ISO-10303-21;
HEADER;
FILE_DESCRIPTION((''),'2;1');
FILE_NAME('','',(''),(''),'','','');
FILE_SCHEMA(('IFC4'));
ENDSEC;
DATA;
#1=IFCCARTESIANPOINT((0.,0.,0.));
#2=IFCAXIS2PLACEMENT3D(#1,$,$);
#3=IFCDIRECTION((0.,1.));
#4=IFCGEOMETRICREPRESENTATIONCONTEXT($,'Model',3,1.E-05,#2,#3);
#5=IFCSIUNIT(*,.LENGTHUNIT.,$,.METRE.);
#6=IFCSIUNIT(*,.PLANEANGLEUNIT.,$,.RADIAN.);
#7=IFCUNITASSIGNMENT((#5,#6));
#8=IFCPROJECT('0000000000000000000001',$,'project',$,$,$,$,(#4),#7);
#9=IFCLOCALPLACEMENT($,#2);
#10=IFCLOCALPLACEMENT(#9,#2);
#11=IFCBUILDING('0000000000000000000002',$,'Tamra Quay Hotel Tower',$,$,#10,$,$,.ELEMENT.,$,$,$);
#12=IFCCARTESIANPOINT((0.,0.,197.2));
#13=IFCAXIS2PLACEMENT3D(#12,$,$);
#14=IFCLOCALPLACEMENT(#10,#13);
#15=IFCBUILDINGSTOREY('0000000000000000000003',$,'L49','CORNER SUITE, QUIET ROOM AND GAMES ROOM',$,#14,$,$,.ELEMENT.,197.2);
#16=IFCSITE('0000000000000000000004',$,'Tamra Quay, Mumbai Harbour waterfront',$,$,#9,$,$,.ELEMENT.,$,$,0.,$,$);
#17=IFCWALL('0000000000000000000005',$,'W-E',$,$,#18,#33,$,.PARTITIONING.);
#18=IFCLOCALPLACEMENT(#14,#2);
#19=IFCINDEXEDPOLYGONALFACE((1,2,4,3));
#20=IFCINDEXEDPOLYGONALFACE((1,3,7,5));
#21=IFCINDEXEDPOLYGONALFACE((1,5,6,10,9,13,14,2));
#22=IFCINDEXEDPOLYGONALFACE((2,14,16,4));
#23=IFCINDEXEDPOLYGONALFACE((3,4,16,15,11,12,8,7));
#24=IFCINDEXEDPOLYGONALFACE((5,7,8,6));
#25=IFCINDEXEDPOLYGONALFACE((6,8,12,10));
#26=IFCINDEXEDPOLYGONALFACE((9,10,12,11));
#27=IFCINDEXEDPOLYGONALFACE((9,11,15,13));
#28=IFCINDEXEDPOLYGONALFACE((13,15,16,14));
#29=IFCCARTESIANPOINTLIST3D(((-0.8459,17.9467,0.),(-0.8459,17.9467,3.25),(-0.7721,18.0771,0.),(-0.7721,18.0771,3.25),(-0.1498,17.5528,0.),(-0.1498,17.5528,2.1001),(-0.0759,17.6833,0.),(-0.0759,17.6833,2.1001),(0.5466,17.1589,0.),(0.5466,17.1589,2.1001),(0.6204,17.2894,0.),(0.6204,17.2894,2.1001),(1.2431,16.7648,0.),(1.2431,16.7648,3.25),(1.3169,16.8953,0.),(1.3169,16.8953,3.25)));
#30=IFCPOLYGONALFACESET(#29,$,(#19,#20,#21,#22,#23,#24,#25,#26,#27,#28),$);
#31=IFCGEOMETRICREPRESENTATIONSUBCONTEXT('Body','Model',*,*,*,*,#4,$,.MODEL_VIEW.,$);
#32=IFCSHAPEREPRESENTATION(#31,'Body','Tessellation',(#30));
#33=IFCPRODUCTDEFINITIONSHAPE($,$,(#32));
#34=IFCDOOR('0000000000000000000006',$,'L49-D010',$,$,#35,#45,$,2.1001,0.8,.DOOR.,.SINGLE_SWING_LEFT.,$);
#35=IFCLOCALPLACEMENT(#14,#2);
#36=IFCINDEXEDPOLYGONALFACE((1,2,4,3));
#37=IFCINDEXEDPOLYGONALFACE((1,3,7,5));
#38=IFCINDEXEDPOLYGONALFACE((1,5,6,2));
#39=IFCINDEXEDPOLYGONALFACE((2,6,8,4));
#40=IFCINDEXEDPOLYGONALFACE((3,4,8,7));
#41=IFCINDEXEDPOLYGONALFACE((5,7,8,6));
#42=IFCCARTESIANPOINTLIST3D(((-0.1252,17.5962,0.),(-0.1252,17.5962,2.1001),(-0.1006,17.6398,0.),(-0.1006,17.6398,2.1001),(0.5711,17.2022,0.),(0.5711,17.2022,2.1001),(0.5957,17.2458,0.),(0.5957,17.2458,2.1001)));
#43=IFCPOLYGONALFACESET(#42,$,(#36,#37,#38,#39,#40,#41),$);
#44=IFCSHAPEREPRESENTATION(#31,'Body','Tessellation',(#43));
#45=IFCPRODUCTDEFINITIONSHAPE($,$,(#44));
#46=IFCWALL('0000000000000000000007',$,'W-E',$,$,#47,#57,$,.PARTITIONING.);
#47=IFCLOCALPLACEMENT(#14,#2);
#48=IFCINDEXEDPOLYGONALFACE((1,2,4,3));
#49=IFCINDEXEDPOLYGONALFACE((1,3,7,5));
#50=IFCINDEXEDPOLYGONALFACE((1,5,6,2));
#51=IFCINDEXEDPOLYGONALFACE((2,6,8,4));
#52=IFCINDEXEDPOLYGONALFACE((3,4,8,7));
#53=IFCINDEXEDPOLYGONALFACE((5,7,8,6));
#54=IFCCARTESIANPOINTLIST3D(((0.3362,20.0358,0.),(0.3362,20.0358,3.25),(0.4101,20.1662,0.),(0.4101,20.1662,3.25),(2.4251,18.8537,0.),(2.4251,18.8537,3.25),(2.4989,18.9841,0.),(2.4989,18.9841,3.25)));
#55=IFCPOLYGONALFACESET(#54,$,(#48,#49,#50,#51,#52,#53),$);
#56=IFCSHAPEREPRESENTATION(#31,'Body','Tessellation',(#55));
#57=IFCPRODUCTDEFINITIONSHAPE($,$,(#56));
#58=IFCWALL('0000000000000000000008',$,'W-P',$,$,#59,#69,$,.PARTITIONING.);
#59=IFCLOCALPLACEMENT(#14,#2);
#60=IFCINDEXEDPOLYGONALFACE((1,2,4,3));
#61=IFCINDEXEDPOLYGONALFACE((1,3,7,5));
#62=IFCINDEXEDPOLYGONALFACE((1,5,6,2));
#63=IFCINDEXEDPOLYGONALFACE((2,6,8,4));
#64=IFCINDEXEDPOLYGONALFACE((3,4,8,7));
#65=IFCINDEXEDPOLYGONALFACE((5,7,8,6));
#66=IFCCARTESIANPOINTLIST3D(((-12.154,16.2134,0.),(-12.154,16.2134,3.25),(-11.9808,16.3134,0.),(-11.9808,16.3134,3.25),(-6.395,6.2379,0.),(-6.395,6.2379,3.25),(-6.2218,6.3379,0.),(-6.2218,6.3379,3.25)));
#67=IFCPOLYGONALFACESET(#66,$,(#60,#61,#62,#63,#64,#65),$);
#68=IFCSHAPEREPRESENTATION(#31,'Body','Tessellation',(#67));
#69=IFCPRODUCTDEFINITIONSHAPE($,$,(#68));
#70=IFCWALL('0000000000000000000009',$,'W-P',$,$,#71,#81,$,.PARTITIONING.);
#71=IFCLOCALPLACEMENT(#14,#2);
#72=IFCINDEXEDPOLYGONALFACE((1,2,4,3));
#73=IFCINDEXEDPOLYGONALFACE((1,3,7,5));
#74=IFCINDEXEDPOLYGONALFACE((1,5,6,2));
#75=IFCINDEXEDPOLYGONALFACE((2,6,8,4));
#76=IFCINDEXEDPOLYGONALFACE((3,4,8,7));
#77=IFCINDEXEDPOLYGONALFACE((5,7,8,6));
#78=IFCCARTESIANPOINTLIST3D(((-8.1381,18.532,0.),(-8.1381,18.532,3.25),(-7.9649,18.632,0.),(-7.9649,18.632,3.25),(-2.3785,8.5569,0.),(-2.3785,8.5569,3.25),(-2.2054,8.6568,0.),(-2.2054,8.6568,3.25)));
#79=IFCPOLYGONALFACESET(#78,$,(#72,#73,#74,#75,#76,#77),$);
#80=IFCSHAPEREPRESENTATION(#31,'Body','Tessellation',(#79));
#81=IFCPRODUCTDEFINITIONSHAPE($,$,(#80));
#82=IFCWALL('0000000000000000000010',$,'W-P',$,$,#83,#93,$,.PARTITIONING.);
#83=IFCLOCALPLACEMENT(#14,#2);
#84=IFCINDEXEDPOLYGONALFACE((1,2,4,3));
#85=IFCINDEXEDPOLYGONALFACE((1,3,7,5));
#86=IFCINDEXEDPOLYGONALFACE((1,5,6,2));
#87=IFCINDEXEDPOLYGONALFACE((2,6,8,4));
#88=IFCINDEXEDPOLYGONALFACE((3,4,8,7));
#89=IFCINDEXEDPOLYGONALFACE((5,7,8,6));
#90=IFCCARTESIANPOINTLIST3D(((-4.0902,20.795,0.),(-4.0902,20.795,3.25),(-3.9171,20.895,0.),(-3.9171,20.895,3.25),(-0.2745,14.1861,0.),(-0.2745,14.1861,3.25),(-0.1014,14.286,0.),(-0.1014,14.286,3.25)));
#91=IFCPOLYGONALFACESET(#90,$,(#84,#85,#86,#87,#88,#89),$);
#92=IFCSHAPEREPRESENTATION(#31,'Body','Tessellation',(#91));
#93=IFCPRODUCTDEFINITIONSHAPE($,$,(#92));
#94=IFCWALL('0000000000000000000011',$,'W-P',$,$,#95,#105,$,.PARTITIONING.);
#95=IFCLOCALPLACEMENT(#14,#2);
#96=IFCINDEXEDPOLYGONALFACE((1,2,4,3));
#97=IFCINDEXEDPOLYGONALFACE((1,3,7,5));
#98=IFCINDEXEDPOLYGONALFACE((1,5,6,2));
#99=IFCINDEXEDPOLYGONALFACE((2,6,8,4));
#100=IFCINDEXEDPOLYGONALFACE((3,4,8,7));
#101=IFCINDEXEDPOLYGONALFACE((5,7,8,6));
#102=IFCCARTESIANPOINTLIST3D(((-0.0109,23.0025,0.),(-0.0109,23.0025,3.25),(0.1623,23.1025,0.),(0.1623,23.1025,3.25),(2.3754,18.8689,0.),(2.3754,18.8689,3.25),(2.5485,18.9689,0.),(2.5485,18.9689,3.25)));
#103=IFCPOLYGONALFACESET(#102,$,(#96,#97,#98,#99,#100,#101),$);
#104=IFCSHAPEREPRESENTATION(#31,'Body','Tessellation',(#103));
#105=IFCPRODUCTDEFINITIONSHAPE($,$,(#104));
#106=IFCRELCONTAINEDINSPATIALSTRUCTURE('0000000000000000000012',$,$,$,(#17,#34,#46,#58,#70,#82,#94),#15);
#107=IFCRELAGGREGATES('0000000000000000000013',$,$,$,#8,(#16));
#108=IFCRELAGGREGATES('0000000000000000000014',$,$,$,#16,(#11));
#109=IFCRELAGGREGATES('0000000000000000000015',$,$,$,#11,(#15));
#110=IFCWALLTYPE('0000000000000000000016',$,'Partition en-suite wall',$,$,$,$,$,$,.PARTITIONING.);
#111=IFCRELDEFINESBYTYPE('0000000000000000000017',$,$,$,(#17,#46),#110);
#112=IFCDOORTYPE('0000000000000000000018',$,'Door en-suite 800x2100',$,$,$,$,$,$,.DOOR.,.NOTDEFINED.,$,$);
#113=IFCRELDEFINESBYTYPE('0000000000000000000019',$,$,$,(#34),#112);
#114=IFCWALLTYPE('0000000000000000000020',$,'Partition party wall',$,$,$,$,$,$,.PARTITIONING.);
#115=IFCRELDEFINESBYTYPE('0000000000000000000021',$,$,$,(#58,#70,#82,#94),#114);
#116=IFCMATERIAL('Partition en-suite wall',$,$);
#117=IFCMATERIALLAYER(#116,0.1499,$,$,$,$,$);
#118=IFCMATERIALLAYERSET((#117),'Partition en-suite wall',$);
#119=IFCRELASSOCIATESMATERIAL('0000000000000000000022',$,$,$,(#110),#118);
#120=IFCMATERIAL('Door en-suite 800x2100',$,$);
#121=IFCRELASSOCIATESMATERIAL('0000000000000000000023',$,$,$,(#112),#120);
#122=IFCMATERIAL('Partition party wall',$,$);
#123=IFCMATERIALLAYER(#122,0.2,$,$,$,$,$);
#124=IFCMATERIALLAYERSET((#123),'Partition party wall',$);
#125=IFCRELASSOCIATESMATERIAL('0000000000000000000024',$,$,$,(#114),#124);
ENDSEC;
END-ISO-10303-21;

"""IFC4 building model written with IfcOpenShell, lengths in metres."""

from ifc_helpers import new_model, si_unit, direction, frame, frame_2d, origin, place, context, subcontext, project, spatial, rectangle, extrude, material, layer, layer_set, type_object, element, fill, save


model = new_model("IFC4")

# Units and contexts
model_context = context("Model", 3, precision=1e-05, world=origin(), true_north=direction((0.0, 1.0)))
body_context = subcontext(model_context, "Body", "Model", "MODEL_VIEW")
ifc_project = project(units=[si_unit("LENGTHUNIT", "METRE"), si_unit("PLANEANGLEUNIT", "RADIAN")], contexts=[model_context])

# Site, building, storey
site_placement = place(None, origin())
site = spatial("IfcSite", under=ifc_project, at=site_placement, Name="Tamra Quay, Mumbai Harbour waterfront", CompositionType="ELEMENT", RefElevation=0.0)
building_placement = place(site_placement, origin())
building = spatial("IfcBuilding", under=site, at=building_placement, Name="Tamra Quay Hotel Tower", CompositionType="ELEMENT")
storey_placement = place(building_placement, frame((0.0, 0.0, 197.2)))
storey = spatial("IfcBuildingStorey", under=building, at=storey_placement, Name="L49", Description="CORNER SUITE, QUIET ROOM AND GAMES ROOM", CompositionType="ELEMENT", Elevation=197.2)

# Shared definitions
ifc_material_1 = material(Name="Partition en-suite wall")
ifc_layer_1 = layer(ifc_material_1, 0.1499)
ifc_layer_set_1 = layer_set([ifc_layer_1], Name="Partition en-suite wall")
wall_type_1 = type_object("IfcWallType", Name="Partition en-suite wall", PredefinedType="PARTITIONING", material=ifc_layer_set_1)

# Wall, opening, door
wall_1_placement = place(storey_placement, frame((-0.8091, 18.012, 0.0), z_axis=(0.0, 0.0, 1.0), x_axis=(0.87037, -0.492399, 0.0)))
wall_1 = element("IfcWall", 1, at=wall_1_placement, inside=storey, type_object=wall_type_1, Name="W-E", PredefinedType="PARTITIONING", context=body_context, shape_type="SweptSolid", body=[
    extrude(rectangle(XDim=2.4001, YDim=0.1499, at=frame_2d((1.2002, 0.0))), origin(), (0.0, 0.0, 1.0), 3.25),
])
opening_placement = place(wall_1_placement, frame((0.8, 0.0, 0.0)))
opening = element("IfcOpeningElement", 2, at=opening_placement, cuts=wall_1, PredefinedType="OPENING", context=body_context, shape_type="SweptSolid", body=[
    extrude(rectangle(XDim=0.8, YDim=2.1001, at=frame_2d((0.3999, 1.05))), frame((0.0, 0.085, 0.0), z_axis=(0.0, -1.0, 0.0), x_axis=(1.0, 0.0, 0.0)), (0.0, 0.0, 1.0), 0.1699),
])
ifc_material_2 = material(Name="Door en-suite 800x2100")
door_type = type_object("IfcDoorType", Name="Door en-suite 800x2100", OperationType="NOTDEFINED", PredefinedType="DOOR", material=ifc_material_2)
door_placement = place(opening_placement, origin())
door = element("IfcDoor", 3, at=door_placement, inside=storey, type_object=door_type, Name="L49-D010", OperationType="SINGLE_SWING_LEFT", OverallHeight=2.1001, OverallWidth=0.8, PredefinedType="DOOR", context=body_context, shape_type="SweptSolid", body=[
    extrude(rectangle(XDim=0.8, YDim=2.1001, at=frame_2d((0.3999, 1.05))), frame((0.0, 0.0249, 0.0), z_axis=(0.0, -1.0, 0.0), x_axis=(1.0, 0.0, 0.0)), (0.0, 0.0, 1.0), 0.05),
])
fill(opening, door)

# Walls
wall_2_placement = place(storey_placement, frame((0.373, 20.1011, 0.0), z_axis=(0.0, 0.0, 1.0), x_axis=(0.870301, -0.49252, 0.0)))
element("IfcWall", 4, at=wall_2_placement, inside=storey, type_object=wall_type_1, Name="W-E", PredefinedType="PARTITIONING", context=body_context, shape_type="SweptSolid", body=[
    extrude(rectangle(XDim=2.4001, YDim=0.1499, at=frame_2d((1.2002, 0.0))), origin(), (0.0, 0.0, 1.0), 3.25),
])
ifc_material_3 = material(Name="Partition party wall")
ifc_layer_2 = layer(ifc_material_3, 0.2)
ifc_layer_set_2 = layer_set([ifc_layer_2], Name="Partition party wall")
wall_type_2 = type_object("IfcWallType", Name="Partition party wall", PredefinedType="PARTITIONING", material=ifc_layer_set_2)
for number, where, z_axis, x_axis, name in (
    (5, (-12.0674, 16.2634, 0.0), (0.0, 0.0, 1.0), (0.499976, -0.866039, 0.0), "W-P"),
    (6, (-8.0515, 18.582, 0.0), (0.0, 0.0, 1.0), (0.500026, -0.866011, 0.0), "W-P"),
):
    element("IfcWall", number, at=place(storey_placement, frame(where, z_axis=z_axis, x_axis=x_axis)), inside=storey, type_object=wall_type_2, Name=name, PredefinedType="PARTITIONING", context=body_context, shape_type="SweptSolid", body=[
        extrude(rectangle(XDim=11.5186, YDim=0.2, at=frame_2d((5.7593, 0.0))), origin(), (0.0, 0.0, 1.0), 3.25),
    ])
wall_3_placement = place(storey_placement, frame((-4.0037, 20.845, 0.0), z_axis=(0.0, 0.0, 1.0), x_axis=(0.500003, -0.866024, 0.0)))
element("IfcWall", 7, at=wall_3_placement, inside=storey, type_object=wall_type_2, Name="W-P", PredefinedType="PARTITIONING", context=body_context, shape_type="SweptSolid", body=[
    extrude(rectangle(XDim=7.6313, YDim=0.2, at=frame_2d((3.8157, 0.0))), origin(), (0.0, 0.0, 1.0), 3.25),
])
wall_4_placement = place(storey_placement, frame((0.0757, 23.0525, 0.0), z_axis=(0.0, 0.0, 1.0), x_axis=(0.499957, -0.86605, 0.0)))
element("IfcWall", 8, at=wall_4_placement, inside=storey, type_object=wall_type_2, Name="W-P", PredefinedType="PARTITIONING", context=body_context, shape_type="SweptSolid", body=[
    extrude(rectangle(XDim=4.7729, YDim=0.2, at=frame_2d((2.3865, 0.0))), origin(), (0.0, 0.0, 1.0), 3.25),
])

save(model, "model.ifc")
